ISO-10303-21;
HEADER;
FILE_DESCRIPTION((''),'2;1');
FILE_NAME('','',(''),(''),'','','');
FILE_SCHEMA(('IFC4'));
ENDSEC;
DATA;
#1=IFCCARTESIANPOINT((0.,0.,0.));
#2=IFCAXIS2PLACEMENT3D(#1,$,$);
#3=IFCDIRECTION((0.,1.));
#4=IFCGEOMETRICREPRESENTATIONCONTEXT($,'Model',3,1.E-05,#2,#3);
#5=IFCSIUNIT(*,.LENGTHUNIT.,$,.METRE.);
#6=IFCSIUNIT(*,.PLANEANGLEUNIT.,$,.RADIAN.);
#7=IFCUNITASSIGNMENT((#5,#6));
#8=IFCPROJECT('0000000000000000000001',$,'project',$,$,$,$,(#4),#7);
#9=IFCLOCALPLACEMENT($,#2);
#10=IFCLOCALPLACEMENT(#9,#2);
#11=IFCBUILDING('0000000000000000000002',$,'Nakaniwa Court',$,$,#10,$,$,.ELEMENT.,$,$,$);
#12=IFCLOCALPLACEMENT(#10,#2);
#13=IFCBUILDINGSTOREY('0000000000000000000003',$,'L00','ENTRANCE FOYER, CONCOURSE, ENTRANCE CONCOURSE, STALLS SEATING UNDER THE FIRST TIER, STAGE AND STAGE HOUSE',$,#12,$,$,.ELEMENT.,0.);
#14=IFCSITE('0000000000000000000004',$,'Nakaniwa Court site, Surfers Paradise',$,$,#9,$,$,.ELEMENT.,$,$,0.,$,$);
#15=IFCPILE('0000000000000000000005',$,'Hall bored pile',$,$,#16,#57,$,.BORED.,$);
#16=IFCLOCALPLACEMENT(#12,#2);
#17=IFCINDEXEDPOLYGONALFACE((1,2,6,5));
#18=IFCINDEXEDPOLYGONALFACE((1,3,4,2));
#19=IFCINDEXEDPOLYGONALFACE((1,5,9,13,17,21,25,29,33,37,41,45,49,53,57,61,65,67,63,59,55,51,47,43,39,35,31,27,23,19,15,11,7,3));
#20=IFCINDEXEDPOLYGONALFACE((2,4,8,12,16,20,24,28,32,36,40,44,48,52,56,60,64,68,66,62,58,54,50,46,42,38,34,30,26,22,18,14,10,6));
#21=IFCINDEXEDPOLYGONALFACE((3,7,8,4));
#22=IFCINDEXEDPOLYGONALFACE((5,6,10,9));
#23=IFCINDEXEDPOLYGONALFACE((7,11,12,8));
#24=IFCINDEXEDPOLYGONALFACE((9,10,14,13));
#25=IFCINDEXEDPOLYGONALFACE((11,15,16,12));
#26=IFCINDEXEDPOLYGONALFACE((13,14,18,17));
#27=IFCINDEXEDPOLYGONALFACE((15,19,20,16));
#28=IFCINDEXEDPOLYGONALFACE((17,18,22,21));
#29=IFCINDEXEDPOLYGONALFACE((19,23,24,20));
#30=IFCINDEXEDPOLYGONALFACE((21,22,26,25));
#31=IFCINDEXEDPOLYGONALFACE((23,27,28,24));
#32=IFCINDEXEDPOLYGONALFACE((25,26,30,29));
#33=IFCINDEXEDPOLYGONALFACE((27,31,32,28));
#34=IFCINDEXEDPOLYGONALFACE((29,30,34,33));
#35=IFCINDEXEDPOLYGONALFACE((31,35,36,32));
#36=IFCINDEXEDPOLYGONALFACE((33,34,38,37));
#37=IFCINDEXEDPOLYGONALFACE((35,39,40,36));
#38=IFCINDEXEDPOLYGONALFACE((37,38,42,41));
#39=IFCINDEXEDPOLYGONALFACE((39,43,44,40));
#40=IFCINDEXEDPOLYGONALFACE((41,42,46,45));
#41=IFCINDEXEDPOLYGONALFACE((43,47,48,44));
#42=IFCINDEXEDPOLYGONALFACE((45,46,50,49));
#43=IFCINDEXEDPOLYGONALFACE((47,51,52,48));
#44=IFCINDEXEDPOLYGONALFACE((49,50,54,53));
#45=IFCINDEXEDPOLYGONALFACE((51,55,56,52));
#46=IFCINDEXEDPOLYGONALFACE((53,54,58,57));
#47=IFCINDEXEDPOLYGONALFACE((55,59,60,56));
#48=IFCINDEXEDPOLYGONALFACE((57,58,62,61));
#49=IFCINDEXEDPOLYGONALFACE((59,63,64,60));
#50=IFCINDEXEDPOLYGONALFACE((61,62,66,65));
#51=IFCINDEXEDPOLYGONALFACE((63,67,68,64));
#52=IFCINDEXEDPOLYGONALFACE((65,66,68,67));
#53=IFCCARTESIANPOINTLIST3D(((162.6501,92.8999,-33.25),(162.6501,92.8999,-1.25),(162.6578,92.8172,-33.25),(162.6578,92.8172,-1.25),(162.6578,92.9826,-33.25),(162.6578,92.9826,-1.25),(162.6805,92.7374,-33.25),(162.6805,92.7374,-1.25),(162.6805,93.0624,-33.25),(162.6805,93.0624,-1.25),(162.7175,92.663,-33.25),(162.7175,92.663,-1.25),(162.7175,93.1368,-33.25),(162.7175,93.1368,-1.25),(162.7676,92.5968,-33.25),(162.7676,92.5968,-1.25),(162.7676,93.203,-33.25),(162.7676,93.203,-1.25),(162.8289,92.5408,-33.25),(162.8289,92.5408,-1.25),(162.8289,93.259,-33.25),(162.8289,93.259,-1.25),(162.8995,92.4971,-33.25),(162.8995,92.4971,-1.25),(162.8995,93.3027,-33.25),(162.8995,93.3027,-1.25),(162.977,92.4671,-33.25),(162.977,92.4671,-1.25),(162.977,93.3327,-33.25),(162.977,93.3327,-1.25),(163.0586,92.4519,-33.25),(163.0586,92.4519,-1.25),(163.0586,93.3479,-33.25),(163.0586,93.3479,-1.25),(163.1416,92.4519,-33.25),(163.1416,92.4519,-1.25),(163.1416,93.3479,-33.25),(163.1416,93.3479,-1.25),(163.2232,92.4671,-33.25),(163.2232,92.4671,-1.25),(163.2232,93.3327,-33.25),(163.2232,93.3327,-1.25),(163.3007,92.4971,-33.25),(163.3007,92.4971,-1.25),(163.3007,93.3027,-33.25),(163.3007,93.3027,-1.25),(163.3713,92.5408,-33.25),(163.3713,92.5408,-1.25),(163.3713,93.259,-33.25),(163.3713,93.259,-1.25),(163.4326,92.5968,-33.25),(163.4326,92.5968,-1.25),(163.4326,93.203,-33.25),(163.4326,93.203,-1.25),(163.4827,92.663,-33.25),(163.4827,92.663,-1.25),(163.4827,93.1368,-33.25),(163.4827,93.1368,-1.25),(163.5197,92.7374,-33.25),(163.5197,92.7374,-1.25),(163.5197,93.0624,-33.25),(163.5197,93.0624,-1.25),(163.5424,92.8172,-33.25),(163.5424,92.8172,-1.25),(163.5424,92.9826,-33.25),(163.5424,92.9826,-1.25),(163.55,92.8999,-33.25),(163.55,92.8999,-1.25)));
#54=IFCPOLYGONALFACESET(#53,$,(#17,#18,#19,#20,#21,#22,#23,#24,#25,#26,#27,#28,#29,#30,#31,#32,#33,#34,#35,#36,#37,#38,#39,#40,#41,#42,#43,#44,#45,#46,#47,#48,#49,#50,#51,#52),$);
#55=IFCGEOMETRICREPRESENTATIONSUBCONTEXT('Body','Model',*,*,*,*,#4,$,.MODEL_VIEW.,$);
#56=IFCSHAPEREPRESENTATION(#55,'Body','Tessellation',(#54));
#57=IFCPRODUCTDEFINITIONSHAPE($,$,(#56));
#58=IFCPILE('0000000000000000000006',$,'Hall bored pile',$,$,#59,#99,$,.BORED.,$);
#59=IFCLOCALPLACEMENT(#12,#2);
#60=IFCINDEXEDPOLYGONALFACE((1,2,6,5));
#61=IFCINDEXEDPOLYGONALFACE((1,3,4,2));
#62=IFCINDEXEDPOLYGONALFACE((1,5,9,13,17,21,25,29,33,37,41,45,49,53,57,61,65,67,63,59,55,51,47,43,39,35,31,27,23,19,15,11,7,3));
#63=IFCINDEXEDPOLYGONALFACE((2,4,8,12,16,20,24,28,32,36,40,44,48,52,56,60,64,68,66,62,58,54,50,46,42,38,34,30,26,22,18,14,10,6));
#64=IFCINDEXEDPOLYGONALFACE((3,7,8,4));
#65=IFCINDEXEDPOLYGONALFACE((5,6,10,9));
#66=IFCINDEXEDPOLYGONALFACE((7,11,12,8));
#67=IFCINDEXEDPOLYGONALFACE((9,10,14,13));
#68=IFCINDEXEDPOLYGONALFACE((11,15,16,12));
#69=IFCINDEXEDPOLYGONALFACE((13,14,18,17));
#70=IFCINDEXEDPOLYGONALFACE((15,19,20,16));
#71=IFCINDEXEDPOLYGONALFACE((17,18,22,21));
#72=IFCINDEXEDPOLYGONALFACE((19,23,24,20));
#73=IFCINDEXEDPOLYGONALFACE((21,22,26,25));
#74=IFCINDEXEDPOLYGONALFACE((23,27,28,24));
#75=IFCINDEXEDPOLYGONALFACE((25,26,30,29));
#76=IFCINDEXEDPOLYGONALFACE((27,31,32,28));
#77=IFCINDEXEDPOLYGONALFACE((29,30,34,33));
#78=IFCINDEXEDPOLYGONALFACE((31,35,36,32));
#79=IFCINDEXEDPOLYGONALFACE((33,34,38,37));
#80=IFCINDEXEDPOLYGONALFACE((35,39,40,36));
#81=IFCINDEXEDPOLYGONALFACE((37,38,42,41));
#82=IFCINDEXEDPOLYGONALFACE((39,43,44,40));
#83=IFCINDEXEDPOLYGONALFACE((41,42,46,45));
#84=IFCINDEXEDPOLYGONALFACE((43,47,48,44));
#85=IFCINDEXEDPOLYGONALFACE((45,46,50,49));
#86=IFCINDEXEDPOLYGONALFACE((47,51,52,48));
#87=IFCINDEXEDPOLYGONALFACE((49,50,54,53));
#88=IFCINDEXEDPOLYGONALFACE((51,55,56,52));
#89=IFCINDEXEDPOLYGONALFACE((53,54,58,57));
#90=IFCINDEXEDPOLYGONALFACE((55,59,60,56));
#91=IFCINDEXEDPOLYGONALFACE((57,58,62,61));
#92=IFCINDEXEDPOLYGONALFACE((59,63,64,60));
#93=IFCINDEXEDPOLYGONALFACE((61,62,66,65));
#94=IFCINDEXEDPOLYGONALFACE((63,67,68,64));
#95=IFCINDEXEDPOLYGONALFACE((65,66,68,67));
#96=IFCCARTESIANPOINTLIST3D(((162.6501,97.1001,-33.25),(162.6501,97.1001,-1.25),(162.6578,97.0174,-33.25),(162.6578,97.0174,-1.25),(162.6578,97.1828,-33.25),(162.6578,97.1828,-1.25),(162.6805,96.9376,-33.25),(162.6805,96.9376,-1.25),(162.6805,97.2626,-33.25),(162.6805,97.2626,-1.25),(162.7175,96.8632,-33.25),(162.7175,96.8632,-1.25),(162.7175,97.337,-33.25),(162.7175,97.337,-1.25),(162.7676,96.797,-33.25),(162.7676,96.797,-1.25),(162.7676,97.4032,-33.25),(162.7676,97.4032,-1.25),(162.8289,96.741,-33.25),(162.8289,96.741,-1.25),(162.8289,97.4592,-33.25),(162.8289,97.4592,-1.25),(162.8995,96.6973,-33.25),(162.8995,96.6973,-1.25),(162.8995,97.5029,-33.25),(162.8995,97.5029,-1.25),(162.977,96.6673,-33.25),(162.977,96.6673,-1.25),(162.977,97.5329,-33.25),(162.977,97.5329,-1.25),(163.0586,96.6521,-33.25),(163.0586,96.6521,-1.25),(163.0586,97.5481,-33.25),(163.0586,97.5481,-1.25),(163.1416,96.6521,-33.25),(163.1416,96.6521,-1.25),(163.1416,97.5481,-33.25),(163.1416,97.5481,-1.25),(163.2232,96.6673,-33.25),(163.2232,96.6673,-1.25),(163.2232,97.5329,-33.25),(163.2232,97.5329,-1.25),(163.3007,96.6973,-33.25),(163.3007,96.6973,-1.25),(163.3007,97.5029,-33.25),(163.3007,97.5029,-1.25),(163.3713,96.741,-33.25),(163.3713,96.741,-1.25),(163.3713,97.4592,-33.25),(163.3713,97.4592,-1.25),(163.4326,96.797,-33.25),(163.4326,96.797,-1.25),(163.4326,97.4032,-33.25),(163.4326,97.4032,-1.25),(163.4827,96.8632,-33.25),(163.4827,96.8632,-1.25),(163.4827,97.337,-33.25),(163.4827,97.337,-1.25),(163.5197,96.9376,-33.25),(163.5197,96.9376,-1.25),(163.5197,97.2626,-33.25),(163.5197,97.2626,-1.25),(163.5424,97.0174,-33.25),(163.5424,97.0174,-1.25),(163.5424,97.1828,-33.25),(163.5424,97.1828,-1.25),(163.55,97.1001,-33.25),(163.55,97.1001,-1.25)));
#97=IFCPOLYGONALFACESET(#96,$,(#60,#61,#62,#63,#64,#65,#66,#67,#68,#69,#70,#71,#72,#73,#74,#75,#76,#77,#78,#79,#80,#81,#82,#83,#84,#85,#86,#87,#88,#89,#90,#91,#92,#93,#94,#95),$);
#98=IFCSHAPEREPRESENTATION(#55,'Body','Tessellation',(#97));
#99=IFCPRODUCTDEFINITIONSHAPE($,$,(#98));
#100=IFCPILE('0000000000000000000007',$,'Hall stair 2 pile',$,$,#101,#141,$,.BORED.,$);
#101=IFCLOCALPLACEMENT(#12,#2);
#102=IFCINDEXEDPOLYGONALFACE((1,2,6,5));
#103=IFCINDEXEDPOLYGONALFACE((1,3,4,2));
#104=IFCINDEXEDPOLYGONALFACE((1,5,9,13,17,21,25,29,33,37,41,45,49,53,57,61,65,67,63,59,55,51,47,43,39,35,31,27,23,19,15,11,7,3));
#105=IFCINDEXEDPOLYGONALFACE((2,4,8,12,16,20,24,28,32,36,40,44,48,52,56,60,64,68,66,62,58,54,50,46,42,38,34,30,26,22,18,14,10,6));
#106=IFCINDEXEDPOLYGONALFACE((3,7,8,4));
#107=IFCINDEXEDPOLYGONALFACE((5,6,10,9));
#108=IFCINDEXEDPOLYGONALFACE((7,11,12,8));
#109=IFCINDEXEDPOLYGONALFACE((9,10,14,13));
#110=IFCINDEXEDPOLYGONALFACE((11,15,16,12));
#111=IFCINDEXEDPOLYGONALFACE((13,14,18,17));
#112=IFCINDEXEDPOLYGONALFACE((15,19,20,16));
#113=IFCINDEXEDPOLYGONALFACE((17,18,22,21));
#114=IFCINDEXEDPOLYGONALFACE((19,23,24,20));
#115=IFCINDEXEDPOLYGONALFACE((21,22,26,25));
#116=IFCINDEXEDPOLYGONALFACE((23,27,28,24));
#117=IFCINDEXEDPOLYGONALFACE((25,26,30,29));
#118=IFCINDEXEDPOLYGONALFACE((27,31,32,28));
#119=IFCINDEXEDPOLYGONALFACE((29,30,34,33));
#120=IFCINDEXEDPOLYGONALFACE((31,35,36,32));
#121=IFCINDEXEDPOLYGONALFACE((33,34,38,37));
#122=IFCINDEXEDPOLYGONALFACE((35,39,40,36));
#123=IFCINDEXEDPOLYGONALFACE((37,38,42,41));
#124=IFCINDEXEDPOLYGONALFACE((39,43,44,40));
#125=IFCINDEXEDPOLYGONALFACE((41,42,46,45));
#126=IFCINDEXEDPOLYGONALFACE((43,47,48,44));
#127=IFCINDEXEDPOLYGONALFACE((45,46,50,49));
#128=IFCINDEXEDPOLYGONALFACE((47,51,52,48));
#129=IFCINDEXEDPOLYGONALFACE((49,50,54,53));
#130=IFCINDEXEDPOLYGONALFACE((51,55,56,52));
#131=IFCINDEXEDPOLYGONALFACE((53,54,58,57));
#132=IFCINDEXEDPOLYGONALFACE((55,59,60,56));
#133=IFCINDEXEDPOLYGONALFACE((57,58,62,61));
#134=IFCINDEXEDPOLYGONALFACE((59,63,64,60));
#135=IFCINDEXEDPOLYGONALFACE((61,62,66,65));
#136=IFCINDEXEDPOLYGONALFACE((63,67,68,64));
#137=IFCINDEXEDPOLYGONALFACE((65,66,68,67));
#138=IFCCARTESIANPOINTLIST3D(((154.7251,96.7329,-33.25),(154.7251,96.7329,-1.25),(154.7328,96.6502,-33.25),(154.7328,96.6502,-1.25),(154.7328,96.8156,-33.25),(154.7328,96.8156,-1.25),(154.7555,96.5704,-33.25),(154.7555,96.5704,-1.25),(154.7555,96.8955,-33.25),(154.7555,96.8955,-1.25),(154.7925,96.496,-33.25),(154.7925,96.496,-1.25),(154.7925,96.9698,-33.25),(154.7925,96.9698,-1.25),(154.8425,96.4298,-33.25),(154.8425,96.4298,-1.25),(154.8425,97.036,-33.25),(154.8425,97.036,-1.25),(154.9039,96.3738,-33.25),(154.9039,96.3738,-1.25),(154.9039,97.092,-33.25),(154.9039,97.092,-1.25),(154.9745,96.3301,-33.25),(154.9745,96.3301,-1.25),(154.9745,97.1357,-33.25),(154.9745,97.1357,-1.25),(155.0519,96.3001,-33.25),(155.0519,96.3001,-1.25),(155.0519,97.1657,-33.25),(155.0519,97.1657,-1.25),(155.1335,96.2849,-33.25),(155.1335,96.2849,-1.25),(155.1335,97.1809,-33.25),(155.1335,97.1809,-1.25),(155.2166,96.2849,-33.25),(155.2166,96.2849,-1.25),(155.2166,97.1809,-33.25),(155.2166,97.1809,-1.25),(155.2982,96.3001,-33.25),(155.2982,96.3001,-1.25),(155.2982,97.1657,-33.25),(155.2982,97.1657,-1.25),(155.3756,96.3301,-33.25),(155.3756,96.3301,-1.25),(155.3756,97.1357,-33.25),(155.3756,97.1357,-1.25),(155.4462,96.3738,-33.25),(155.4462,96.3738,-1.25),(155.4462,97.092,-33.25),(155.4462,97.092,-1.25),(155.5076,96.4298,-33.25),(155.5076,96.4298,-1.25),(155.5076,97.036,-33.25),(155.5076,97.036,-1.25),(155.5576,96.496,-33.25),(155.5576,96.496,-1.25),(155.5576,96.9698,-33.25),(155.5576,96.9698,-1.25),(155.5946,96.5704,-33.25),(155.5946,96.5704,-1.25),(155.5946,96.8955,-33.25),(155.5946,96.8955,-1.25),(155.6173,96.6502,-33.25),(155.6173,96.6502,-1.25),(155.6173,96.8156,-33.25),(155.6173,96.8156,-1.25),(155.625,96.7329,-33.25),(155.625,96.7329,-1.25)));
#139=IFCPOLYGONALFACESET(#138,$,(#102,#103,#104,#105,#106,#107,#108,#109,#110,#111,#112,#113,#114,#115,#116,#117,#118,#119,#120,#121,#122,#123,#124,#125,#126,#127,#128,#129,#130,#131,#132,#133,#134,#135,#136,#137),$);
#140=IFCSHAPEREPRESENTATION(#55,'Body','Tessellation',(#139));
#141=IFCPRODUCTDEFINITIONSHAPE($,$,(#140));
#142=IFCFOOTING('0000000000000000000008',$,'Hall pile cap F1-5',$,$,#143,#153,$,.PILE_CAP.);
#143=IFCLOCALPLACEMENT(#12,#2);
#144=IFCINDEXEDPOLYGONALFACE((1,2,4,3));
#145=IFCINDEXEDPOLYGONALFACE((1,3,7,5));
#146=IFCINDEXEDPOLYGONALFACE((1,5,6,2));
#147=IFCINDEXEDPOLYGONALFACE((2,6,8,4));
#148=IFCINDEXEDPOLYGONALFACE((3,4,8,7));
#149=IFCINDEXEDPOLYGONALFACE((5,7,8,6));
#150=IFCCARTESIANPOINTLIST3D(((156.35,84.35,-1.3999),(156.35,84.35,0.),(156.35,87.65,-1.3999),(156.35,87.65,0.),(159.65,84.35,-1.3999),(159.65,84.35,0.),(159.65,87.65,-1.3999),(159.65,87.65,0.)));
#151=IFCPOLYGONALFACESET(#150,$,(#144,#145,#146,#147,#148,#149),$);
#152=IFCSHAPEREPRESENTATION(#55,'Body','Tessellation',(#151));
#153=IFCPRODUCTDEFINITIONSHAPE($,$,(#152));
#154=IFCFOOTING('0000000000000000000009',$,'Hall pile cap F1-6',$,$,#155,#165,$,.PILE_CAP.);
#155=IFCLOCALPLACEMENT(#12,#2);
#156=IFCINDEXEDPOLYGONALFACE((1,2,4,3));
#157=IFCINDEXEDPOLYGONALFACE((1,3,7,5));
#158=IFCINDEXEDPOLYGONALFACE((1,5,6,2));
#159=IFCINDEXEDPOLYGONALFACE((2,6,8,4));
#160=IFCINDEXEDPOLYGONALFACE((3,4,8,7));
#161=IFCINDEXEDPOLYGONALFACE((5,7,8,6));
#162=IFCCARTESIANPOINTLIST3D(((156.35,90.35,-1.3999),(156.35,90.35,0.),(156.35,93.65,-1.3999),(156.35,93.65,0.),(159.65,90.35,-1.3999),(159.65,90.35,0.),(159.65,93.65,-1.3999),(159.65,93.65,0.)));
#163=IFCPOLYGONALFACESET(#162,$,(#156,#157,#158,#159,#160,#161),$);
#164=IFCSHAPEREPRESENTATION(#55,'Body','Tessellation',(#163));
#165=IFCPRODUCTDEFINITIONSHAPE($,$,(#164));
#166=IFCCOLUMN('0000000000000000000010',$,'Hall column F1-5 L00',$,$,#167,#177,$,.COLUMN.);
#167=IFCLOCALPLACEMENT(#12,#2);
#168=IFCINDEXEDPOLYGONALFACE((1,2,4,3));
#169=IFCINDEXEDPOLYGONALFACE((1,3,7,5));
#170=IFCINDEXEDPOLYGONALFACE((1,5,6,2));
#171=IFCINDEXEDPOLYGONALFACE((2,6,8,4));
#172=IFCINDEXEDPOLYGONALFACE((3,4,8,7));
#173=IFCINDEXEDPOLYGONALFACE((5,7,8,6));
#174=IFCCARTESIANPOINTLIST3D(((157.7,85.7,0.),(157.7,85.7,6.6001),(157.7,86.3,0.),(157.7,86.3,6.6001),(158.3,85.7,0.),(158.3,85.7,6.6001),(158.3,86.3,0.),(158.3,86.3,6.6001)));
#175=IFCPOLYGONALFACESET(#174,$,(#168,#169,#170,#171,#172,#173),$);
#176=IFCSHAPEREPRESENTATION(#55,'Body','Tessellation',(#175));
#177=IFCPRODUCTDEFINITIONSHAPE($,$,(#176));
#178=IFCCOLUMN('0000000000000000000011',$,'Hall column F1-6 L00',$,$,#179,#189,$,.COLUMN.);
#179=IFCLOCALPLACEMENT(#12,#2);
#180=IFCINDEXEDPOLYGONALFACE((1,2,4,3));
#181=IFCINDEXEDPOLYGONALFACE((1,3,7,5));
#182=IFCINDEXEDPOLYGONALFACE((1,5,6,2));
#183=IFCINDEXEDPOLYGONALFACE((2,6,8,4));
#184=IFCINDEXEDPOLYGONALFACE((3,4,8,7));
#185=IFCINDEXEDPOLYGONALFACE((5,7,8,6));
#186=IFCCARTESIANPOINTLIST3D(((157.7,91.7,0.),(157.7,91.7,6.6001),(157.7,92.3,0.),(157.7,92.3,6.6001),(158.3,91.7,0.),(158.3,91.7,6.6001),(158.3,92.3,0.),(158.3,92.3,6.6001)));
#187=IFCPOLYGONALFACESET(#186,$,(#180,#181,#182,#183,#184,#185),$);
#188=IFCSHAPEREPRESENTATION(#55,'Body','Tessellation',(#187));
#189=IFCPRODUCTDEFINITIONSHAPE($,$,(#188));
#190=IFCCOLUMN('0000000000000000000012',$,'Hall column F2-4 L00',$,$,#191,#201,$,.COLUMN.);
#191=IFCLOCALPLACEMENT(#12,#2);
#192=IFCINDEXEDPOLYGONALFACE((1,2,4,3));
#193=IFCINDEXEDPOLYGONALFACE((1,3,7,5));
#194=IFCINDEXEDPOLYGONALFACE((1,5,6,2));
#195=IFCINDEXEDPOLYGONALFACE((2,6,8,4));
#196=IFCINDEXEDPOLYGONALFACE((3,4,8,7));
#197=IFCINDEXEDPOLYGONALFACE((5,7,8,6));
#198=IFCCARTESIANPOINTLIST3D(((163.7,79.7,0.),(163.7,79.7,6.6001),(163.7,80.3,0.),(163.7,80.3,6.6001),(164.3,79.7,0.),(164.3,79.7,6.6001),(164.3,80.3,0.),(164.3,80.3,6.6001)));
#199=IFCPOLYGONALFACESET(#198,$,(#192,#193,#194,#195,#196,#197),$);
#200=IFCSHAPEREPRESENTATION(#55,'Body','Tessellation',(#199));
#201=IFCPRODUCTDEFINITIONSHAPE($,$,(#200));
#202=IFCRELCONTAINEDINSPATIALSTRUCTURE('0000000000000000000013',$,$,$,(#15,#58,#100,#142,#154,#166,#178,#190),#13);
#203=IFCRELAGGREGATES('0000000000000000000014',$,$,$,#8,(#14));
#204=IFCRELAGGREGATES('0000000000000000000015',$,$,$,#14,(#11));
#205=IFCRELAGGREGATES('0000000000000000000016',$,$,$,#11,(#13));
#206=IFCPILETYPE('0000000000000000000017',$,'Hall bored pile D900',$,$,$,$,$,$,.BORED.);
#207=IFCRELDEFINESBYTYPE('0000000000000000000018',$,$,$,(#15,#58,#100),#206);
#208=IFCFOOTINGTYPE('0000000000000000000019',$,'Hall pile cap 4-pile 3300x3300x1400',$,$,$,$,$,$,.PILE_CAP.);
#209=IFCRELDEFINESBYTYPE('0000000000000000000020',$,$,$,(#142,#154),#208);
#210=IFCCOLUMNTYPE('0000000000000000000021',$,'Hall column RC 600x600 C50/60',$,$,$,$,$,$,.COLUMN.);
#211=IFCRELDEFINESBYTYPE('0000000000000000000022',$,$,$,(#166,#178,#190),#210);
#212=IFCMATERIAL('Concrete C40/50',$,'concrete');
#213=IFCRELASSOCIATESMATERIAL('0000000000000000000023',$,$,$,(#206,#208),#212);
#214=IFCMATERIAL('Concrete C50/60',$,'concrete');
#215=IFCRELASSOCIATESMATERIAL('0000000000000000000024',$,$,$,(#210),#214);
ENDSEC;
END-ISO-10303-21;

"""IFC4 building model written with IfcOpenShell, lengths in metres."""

from ifc_helpers import new_model, si_unit, direction, frame, origin, origin_2d, place, context, subcontext, project, spatial, rectangle, circle, extrude, material, material_profile, profile_set, type_object, element, save


model = new_model("IFC4")

# Units and contexts
model_context = context("Model", 3, precision=1e-05, world=origin(), true_north=direction((0.0, 1.0)))
body_context = subcontext(model_context, "Body", "Model", "MODEL_VIEW")
ifc_project = project(units=[si_unit("LENGTHUNIT", "METRE"), si_unit("PLANEANGLEUNIT", "RADIAN")], contexts=[model_context])

# Site, building, storey
site_placement = place(None, origin())
site = spatial("IfcSite", under=ifc_project, at=site_placement, Name="Nakaniwa Court site, Surfers Paradise", CompositionType="ELEMENT", RefElevation=0.0)
building_placement = place(site_placement, origin())
building = spatial("IfcBuilding", under=site, at=building_placement, Name="Nakaniwa Court", CompositionType="ELEMENT")
storey_placement = place(building_placement, origin())
storey = spatial("IfcBuildingStorey", under=building, at=storey_placement, Name="L00", Description="ENTRANCE FOYER, CONCOURSE, ENTRANCE CONCOURSE, STALLS SEATING UNDER THE FIRST TIER, STAGE AND STAGE HOUSE", CompositionType="ELEMENT", Elevation=0.0)

# Piles
ifc_material_1 = material(Name="Concrete C40/50", Category="concrete")
ifc_material_profile_1 = material_profile(ifc_material_1, circle(Radius=0.45, at=origin_2d()), Name="Bored pile D900")
ifc_profile_set_1 = profile_set([ifc_material_profile_1], Name="Concrete C40/50")
pile_type = type_object("IfcPileType", Name="Hall bored pile D900", PredefinedType="BORED", material=ifc_profile_set_1)
for number, where, z_axis, x_axis, name in (
    (1, (163.1001, 92.8999, -1.25), (0.0, 0.0, -1.0), (1.0, 0.0, 0.0), "Hall bored pile"),
    (2, (163.1001, 97.1001, -1.25), (0.0, 0.0, -1.0), (1.0, 0.0, 0.0), "Hall bored pile"),
    (3, (155.175, 96.7329, -1.25), (0.0, 0.0, -1.0), (1.0, 0.0, 0.0), "Hall stair 2 pile"),
):
    element("IfcPile", number, at=place(storey_placement, frame(where, z_axis=z_axis, x_axis=x_axis)), inside=storey, type_object=pile_type, Name=name, PredefinedType="BORED", context=body_context, shape_type="SweptSolid", body=[
        extrude(circle(Radius=0.45, at=origin_2d()), origin(), (0.0, 0.0, 1.0), 32.0),
    ])

# Footings
footing_type = type_object("IfcFootingType", Name="Hall pile cap 4-pile 3300x3300x1400", PredefinedType="PILE_CAP", material=ifc_material_1)
for number, where, z_axis, x_axis, name in (
    (4, (158.0, 86.0, -1.3999), (0.0, 0.0, 1.0), (1.0, 0.0, 0.0), "Hall pile cap F1-5"),
    (5, (158.0, 92.0, -1.3999), (0.0, 0.0, 1.0), (1.0, 0.0, 0.0), "Hall pile cap F1-6"),
):
    element("IfcFooting", number, at=place(storey_placement, frame(where, z_axis=z_axis, x_axis=x_axis)), inside=storey, type_object=footing_type, Name=name, PredefinedType="PILE_CAP", context=body_context, shape_type="SweptSolid", body=[
        extrude(rectangle(XDim=3.3, YDim=3.3, at=origin_2d()), origin(), (0.0, 0.0, 1.0), 1.3999),
    ])

# Columns
ifc_material_2 = material(Name="Concrete C50/60", Category="concrete")
ifc_material_profile_2 = material_profile(ifc_material_2, rectangle(XDim=0.6001, YDim=0.6001, at=origin_2d()), Name="RC 600x600")
ifc_profile_set_2 = profile_set([ifc_material_profile_2], Name="Concrete C50/60")
column_type = type_object("IfcColumnType", Name="Hall column RC 600x600 C50/60", PredefinedType="COLUMN", material=ifc_profile_set_2)
for number, where, z_axis, x_axis, name in (
    (6, (158.0, 86.0, 0.0), (0.0, 0.0, 1.0), (1.0, 0.0, 0.0), "Hall column F1-5 L00"),
    (7, (158.0, 92.0, 0.0), (0.0, 0.0, 1.0), (1.0, 0.0, 0.0), "Hall column F1-6 L00"),
    (8, (164.0, 80.0, 0.0), (0.0, 0.0, 1.0), (1.0, 0.0, 0.0), "Hall column F2-4 L00"),
):
    element("IfcColumn", number, at=place(storey_placement, frame(where, z_axis=z_axis, x_axis=x_axis)), inside=storey, type_object=column_type, Name=name, PredefinedType="COLUMN", context=body_context, shape_type="SweptSolid", body=[
        extrude(rectangle(XDim=0.6001, YDim=0.6001, at=origin_2d()), origin(), (0.0, 0.0, 1.0), 6.6001),
    ])

save(model, "model.ifc")
